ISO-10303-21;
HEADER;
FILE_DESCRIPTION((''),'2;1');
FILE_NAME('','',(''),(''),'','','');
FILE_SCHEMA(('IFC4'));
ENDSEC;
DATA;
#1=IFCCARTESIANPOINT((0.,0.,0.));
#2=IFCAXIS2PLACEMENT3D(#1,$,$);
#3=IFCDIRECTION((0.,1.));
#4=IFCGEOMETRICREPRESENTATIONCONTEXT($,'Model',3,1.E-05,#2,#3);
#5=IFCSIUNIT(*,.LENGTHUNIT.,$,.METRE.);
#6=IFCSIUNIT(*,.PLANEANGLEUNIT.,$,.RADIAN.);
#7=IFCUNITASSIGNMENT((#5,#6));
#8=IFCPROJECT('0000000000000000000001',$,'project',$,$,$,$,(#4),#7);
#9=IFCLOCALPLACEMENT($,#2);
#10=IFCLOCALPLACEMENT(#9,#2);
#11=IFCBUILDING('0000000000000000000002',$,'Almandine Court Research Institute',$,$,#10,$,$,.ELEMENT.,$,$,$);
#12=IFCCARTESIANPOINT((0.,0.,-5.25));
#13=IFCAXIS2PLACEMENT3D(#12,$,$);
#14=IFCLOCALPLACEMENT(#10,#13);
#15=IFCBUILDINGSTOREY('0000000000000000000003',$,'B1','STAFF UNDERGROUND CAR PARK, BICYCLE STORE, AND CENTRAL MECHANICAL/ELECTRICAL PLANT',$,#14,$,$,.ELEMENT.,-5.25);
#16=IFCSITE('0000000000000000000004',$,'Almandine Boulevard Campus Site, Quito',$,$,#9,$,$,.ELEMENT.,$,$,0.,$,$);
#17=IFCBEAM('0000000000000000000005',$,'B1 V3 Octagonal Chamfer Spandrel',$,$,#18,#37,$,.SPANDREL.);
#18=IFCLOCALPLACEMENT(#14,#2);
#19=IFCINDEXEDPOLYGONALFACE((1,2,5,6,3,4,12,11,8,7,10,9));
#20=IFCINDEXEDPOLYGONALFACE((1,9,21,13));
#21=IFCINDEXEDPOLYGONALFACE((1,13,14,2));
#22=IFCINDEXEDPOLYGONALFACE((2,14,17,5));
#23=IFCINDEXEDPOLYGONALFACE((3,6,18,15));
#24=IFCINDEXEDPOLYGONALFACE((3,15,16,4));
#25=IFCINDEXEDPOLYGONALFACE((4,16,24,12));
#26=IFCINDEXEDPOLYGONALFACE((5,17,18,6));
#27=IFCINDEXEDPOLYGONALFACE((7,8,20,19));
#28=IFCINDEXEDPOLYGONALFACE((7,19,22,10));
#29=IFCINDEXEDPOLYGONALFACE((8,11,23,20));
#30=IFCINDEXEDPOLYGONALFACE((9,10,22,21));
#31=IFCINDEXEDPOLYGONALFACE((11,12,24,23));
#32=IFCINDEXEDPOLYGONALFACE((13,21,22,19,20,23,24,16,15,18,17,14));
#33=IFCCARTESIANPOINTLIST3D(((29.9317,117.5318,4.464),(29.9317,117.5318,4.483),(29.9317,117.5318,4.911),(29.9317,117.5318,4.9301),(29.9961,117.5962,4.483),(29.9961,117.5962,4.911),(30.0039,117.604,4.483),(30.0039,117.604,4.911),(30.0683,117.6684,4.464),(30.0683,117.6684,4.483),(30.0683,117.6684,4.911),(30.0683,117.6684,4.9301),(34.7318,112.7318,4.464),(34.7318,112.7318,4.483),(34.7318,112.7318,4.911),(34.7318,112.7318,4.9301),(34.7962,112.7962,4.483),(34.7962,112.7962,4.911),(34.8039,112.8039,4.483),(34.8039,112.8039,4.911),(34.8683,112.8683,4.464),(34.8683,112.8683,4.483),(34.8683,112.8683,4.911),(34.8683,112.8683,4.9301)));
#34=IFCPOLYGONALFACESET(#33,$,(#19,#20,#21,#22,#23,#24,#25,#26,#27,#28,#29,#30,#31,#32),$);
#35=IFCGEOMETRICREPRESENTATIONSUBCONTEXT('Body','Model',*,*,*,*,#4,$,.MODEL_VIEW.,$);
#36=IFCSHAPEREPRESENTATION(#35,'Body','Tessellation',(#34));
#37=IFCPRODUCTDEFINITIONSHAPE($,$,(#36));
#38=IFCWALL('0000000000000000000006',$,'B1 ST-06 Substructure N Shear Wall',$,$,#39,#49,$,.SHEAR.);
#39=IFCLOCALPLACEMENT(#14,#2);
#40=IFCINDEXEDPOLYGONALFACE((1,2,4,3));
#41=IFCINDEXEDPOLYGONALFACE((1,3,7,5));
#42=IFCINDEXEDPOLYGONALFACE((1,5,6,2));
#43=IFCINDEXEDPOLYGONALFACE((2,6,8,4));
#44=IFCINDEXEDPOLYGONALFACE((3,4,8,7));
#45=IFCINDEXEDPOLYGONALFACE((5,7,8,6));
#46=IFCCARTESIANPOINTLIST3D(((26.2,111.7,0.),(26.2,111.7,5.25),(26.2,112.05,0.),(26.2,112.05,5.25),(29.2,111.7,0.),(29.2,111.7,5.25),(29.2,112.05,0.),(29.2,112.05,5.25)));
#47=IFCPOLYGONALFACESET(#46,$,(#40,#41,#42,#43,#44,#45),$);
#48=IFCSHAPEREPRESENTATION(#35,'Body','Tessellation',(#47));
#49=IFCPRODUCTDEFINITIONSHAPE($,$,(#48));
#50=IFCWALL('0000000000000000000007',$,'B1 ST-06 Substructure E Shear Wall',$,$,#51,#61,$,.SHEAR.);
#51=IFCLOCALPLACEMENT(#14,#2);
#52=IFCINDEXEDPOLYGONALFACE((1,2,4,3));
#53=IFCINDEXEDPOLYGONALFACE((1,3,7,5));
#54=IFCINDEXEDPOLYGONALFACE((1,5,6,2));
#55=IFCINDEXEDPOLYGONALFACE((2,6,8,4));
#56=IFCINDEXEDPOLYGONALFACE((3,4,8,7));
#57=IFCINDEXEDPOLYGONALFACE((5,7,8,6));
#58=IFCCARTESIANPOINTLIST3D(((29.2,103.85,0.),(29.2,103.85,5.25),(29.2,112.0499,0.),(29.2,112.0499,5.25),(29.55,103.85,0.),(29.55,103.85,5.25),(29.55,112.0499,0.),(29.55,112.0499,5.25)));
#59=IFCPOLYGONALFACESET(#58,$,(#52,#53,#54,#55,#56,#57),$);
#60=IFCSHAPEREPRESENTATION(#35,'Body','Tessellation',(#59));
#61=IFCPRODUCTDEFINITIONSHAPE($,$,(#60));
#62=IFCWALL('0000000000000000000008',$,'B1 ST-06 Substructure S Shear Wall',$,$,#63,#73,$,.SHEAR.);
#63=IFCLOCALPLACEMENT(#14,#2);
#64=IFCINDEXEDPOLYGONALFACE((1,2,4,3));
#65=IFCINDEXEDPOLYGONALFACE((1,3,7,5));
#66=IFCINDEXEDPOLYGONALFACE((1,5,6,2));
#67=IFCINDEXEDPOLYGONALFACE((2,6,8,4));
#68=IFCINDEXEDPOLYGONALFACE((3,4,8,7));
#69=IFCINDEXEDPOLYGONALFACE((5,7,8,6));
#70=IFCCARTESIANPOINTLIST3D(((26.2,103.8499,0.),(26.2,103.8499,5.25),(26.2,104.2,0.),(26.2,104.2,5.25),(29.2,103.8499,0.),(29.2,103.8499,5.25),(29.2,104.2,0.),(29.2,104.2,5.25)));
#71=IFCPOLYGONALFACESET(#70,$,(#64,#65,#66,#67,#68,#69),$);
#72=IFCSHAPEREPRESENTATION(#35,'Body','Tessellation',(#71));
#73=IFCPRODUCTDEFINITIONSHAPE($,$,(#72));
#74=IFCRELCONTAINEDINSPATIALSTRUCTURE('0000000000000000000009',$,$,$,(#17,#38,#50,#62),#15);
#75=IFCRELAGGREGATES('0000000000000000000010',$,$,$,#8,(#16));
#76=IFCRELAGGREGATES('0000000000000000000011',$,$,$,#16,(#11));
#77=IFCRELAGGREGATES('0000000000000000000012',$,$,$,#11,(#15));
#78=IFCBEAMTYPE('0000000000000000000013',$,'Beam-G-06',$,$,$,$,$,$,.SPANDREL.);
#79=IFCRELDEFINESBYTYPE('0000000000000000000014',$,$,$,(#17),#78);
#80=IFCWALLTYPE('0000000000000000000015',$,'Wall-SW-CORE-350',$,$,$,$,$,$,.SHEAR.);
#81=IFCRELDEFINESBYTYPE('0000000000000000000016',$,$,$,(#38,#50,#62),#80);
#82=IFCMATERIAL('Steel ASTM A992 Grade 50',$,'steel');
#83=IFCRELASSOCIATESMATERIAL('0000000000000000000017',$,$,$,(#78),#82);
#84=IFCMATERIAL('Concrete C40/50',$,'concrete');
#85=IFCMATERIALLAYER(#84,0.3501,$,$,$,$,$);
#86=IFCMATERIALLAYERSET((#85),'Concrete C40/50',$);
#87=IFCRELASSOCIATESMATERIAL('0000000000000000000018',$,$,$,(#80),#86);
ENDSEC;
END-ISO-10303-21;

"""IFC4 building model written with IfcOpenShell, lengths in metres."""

from ifc_helpers import new_model, si_unit, direction, frame, frame_2d, origin, origin_2d, place, context, subcontext, project, spatial, rectangle, i_section, extrude, material, layer, layer_set, material_profile, profile_set, type_object, element, save


model = new_model("IFC4")

# Units and contexts
model_context = context("Model", 3, precision=1e-05, world=origin(), true_north=direction((0.0, 1.0)))
body_context = subcontext(model_context, "Body", "Model", "MODEL_VIEW")
ifc_project = project(units=[si_unit("LENGTHUNIT", "METRE"), si_unit("PLANEANGLEUNIT", "RADIAN")], contexts=[model_context])

# Site, building, storey
site_placement = place(None, origin())
site = spatial("IfcSite", under=ifc_project, at=site_placement, Name="Almandine Boulevard Campus Site, Quito", CompositionType="ELEMENT", RefElevation=0.0)
building_placement = place(site_placement, origin())
building = spatial("IfcBuilding", under=site, at=building_placement, Name="Almandine Court Research Institute", CompositionType="ELEMENT")
storey_placement = place(building_placement, frame((0.0, 0.0, -5.25)))
storey = spatial("IfcBuildingStorey", under=building, at=storey_placement, Name="B1", Description="STAFF UNDERGROUND CAR PARK, BICYCLE STORE, AND CENTRAL MECHANICAL/ELECTRICAL PLANT", CompositionType="ELEMENT", Elevation=-5.25)

# Shared definitions
ifc_material_1 = material(Name="Concrete C40/50", Category="concrete")

# Beam
ifc_material_2 = material(Name="Steel ASTM A992 Grade 50", Category="steel")
ifc_material_profile_1 = material_profile(ifc_material_2, i_section(OverallWidth=0.1931, OverallDepth=0.4661, WebThickness=0.011, FlangeThickness=0.019, at=origin_2d()), Name="W460x97")
ifc_profile_set_1 = profile_set([ifc_material_profile_1], Name="Steel ASTM A992 Grade 50")
beam_type_1 = type_object("IfcBeamType", Name="Beam-G-06", PredefinedType="SPANDREL", material=ifc_profile_set_1)
beam_1_placement = place(storey_placement, frame((34.8, 112.8, 4.697), z_axis=(-0.707107, 0.707107, 0.0), x_axis=(-0.707107, -0.707107, 0.0)))
element("IfcBeam", 1, at=beam_1_placement, inside=storey, type_object=beam_type_1, Name="B1 V3 Octagonal Chamfer Spandrel", PredefinedType="SPANDREL", context=body_context, shape_type="SweptSolid", body=[
    extrude(i_section(OverallWidth=0.1931, OverallDepth=0.4661, WebThickness=0.011, FlangeThickness=0.019, at=origin_2d()), origin(), (0.0, 0.0, 1.0), 6.7883),
])

# Walls
ifc_layer = layer(ifc_material_1, 0.3501)
ifc_layer_set = layer_set([ifc_layer], Name="Concrete C40/50")
wall_type = type_object("IfcWallType", Name="Wall-SW-CORE-350", PredefinedType="SHEAR", material=ifc_layer_set)
wall_1_placement = place(storey_placement, frame((26.2, 111.875, 0.0), z_axis=(0.0, 0.0, 1.0), x_axis=(1.0, 0.0, 0.0)))
element("IfcWall", 2, at=wall_1_placement, inside=storey, type_object=wall_type, Name="B1 ST-06 Substructure N Shear Wall", PredefinedType="SHEAR", context=body_context, shape_type="SweptSolid", body=[
    extrude(rectangle(XDim=3.0, YDim=0.3501, at=frame_2d((1.5, 0.0))), origin(), (0.0, 0.0, 1.0), 5.25),
])
wall_2_placement = place(storey_placement, frame((29.375, 112.05, 0.0), z_axis=(0.0, 0.0, 1.0), x_axis=(0.0, -1.0, 0.0)))
element("IfcWall", 3, at=wall_2_placement, inside=storey, type_object=wall_type, Name="B1 ST-06 Substructure E Shear Wall", PredefinedType="SHEAR", context=body_context, shape_type="SweptSolid", body=[
    extrude(rectangle(XDim=8.2, YDim=0.3501, at=frame_2d((4.1001, 0.0))), origin(), (0.0, 0.0, 1.0), 5.25),
])
wall_3_placement = place(storey_placement, frame((29.2, 104.0249, 0.0), z_axis=(0.0, 0.0, 1.0), x_axis=(-1.0, 0.0, 0.0)))
element("IfcWall", 4, at=wall_3_placement, inside=storey, type_object=wall_type, Name="B1 ST-06 Substructure S Shear Wall", PredefinedType="SHEAR", context=body_context, shape_type="SweptSolid", body=[
    extrude(rectangle(XDim=3.0, YDim=0.3501, at=frame_2d((1.5, 0.0))), origin(), (0.0, 0.0, 1.0), 5.25),
])

save(model, "model.ifc")
